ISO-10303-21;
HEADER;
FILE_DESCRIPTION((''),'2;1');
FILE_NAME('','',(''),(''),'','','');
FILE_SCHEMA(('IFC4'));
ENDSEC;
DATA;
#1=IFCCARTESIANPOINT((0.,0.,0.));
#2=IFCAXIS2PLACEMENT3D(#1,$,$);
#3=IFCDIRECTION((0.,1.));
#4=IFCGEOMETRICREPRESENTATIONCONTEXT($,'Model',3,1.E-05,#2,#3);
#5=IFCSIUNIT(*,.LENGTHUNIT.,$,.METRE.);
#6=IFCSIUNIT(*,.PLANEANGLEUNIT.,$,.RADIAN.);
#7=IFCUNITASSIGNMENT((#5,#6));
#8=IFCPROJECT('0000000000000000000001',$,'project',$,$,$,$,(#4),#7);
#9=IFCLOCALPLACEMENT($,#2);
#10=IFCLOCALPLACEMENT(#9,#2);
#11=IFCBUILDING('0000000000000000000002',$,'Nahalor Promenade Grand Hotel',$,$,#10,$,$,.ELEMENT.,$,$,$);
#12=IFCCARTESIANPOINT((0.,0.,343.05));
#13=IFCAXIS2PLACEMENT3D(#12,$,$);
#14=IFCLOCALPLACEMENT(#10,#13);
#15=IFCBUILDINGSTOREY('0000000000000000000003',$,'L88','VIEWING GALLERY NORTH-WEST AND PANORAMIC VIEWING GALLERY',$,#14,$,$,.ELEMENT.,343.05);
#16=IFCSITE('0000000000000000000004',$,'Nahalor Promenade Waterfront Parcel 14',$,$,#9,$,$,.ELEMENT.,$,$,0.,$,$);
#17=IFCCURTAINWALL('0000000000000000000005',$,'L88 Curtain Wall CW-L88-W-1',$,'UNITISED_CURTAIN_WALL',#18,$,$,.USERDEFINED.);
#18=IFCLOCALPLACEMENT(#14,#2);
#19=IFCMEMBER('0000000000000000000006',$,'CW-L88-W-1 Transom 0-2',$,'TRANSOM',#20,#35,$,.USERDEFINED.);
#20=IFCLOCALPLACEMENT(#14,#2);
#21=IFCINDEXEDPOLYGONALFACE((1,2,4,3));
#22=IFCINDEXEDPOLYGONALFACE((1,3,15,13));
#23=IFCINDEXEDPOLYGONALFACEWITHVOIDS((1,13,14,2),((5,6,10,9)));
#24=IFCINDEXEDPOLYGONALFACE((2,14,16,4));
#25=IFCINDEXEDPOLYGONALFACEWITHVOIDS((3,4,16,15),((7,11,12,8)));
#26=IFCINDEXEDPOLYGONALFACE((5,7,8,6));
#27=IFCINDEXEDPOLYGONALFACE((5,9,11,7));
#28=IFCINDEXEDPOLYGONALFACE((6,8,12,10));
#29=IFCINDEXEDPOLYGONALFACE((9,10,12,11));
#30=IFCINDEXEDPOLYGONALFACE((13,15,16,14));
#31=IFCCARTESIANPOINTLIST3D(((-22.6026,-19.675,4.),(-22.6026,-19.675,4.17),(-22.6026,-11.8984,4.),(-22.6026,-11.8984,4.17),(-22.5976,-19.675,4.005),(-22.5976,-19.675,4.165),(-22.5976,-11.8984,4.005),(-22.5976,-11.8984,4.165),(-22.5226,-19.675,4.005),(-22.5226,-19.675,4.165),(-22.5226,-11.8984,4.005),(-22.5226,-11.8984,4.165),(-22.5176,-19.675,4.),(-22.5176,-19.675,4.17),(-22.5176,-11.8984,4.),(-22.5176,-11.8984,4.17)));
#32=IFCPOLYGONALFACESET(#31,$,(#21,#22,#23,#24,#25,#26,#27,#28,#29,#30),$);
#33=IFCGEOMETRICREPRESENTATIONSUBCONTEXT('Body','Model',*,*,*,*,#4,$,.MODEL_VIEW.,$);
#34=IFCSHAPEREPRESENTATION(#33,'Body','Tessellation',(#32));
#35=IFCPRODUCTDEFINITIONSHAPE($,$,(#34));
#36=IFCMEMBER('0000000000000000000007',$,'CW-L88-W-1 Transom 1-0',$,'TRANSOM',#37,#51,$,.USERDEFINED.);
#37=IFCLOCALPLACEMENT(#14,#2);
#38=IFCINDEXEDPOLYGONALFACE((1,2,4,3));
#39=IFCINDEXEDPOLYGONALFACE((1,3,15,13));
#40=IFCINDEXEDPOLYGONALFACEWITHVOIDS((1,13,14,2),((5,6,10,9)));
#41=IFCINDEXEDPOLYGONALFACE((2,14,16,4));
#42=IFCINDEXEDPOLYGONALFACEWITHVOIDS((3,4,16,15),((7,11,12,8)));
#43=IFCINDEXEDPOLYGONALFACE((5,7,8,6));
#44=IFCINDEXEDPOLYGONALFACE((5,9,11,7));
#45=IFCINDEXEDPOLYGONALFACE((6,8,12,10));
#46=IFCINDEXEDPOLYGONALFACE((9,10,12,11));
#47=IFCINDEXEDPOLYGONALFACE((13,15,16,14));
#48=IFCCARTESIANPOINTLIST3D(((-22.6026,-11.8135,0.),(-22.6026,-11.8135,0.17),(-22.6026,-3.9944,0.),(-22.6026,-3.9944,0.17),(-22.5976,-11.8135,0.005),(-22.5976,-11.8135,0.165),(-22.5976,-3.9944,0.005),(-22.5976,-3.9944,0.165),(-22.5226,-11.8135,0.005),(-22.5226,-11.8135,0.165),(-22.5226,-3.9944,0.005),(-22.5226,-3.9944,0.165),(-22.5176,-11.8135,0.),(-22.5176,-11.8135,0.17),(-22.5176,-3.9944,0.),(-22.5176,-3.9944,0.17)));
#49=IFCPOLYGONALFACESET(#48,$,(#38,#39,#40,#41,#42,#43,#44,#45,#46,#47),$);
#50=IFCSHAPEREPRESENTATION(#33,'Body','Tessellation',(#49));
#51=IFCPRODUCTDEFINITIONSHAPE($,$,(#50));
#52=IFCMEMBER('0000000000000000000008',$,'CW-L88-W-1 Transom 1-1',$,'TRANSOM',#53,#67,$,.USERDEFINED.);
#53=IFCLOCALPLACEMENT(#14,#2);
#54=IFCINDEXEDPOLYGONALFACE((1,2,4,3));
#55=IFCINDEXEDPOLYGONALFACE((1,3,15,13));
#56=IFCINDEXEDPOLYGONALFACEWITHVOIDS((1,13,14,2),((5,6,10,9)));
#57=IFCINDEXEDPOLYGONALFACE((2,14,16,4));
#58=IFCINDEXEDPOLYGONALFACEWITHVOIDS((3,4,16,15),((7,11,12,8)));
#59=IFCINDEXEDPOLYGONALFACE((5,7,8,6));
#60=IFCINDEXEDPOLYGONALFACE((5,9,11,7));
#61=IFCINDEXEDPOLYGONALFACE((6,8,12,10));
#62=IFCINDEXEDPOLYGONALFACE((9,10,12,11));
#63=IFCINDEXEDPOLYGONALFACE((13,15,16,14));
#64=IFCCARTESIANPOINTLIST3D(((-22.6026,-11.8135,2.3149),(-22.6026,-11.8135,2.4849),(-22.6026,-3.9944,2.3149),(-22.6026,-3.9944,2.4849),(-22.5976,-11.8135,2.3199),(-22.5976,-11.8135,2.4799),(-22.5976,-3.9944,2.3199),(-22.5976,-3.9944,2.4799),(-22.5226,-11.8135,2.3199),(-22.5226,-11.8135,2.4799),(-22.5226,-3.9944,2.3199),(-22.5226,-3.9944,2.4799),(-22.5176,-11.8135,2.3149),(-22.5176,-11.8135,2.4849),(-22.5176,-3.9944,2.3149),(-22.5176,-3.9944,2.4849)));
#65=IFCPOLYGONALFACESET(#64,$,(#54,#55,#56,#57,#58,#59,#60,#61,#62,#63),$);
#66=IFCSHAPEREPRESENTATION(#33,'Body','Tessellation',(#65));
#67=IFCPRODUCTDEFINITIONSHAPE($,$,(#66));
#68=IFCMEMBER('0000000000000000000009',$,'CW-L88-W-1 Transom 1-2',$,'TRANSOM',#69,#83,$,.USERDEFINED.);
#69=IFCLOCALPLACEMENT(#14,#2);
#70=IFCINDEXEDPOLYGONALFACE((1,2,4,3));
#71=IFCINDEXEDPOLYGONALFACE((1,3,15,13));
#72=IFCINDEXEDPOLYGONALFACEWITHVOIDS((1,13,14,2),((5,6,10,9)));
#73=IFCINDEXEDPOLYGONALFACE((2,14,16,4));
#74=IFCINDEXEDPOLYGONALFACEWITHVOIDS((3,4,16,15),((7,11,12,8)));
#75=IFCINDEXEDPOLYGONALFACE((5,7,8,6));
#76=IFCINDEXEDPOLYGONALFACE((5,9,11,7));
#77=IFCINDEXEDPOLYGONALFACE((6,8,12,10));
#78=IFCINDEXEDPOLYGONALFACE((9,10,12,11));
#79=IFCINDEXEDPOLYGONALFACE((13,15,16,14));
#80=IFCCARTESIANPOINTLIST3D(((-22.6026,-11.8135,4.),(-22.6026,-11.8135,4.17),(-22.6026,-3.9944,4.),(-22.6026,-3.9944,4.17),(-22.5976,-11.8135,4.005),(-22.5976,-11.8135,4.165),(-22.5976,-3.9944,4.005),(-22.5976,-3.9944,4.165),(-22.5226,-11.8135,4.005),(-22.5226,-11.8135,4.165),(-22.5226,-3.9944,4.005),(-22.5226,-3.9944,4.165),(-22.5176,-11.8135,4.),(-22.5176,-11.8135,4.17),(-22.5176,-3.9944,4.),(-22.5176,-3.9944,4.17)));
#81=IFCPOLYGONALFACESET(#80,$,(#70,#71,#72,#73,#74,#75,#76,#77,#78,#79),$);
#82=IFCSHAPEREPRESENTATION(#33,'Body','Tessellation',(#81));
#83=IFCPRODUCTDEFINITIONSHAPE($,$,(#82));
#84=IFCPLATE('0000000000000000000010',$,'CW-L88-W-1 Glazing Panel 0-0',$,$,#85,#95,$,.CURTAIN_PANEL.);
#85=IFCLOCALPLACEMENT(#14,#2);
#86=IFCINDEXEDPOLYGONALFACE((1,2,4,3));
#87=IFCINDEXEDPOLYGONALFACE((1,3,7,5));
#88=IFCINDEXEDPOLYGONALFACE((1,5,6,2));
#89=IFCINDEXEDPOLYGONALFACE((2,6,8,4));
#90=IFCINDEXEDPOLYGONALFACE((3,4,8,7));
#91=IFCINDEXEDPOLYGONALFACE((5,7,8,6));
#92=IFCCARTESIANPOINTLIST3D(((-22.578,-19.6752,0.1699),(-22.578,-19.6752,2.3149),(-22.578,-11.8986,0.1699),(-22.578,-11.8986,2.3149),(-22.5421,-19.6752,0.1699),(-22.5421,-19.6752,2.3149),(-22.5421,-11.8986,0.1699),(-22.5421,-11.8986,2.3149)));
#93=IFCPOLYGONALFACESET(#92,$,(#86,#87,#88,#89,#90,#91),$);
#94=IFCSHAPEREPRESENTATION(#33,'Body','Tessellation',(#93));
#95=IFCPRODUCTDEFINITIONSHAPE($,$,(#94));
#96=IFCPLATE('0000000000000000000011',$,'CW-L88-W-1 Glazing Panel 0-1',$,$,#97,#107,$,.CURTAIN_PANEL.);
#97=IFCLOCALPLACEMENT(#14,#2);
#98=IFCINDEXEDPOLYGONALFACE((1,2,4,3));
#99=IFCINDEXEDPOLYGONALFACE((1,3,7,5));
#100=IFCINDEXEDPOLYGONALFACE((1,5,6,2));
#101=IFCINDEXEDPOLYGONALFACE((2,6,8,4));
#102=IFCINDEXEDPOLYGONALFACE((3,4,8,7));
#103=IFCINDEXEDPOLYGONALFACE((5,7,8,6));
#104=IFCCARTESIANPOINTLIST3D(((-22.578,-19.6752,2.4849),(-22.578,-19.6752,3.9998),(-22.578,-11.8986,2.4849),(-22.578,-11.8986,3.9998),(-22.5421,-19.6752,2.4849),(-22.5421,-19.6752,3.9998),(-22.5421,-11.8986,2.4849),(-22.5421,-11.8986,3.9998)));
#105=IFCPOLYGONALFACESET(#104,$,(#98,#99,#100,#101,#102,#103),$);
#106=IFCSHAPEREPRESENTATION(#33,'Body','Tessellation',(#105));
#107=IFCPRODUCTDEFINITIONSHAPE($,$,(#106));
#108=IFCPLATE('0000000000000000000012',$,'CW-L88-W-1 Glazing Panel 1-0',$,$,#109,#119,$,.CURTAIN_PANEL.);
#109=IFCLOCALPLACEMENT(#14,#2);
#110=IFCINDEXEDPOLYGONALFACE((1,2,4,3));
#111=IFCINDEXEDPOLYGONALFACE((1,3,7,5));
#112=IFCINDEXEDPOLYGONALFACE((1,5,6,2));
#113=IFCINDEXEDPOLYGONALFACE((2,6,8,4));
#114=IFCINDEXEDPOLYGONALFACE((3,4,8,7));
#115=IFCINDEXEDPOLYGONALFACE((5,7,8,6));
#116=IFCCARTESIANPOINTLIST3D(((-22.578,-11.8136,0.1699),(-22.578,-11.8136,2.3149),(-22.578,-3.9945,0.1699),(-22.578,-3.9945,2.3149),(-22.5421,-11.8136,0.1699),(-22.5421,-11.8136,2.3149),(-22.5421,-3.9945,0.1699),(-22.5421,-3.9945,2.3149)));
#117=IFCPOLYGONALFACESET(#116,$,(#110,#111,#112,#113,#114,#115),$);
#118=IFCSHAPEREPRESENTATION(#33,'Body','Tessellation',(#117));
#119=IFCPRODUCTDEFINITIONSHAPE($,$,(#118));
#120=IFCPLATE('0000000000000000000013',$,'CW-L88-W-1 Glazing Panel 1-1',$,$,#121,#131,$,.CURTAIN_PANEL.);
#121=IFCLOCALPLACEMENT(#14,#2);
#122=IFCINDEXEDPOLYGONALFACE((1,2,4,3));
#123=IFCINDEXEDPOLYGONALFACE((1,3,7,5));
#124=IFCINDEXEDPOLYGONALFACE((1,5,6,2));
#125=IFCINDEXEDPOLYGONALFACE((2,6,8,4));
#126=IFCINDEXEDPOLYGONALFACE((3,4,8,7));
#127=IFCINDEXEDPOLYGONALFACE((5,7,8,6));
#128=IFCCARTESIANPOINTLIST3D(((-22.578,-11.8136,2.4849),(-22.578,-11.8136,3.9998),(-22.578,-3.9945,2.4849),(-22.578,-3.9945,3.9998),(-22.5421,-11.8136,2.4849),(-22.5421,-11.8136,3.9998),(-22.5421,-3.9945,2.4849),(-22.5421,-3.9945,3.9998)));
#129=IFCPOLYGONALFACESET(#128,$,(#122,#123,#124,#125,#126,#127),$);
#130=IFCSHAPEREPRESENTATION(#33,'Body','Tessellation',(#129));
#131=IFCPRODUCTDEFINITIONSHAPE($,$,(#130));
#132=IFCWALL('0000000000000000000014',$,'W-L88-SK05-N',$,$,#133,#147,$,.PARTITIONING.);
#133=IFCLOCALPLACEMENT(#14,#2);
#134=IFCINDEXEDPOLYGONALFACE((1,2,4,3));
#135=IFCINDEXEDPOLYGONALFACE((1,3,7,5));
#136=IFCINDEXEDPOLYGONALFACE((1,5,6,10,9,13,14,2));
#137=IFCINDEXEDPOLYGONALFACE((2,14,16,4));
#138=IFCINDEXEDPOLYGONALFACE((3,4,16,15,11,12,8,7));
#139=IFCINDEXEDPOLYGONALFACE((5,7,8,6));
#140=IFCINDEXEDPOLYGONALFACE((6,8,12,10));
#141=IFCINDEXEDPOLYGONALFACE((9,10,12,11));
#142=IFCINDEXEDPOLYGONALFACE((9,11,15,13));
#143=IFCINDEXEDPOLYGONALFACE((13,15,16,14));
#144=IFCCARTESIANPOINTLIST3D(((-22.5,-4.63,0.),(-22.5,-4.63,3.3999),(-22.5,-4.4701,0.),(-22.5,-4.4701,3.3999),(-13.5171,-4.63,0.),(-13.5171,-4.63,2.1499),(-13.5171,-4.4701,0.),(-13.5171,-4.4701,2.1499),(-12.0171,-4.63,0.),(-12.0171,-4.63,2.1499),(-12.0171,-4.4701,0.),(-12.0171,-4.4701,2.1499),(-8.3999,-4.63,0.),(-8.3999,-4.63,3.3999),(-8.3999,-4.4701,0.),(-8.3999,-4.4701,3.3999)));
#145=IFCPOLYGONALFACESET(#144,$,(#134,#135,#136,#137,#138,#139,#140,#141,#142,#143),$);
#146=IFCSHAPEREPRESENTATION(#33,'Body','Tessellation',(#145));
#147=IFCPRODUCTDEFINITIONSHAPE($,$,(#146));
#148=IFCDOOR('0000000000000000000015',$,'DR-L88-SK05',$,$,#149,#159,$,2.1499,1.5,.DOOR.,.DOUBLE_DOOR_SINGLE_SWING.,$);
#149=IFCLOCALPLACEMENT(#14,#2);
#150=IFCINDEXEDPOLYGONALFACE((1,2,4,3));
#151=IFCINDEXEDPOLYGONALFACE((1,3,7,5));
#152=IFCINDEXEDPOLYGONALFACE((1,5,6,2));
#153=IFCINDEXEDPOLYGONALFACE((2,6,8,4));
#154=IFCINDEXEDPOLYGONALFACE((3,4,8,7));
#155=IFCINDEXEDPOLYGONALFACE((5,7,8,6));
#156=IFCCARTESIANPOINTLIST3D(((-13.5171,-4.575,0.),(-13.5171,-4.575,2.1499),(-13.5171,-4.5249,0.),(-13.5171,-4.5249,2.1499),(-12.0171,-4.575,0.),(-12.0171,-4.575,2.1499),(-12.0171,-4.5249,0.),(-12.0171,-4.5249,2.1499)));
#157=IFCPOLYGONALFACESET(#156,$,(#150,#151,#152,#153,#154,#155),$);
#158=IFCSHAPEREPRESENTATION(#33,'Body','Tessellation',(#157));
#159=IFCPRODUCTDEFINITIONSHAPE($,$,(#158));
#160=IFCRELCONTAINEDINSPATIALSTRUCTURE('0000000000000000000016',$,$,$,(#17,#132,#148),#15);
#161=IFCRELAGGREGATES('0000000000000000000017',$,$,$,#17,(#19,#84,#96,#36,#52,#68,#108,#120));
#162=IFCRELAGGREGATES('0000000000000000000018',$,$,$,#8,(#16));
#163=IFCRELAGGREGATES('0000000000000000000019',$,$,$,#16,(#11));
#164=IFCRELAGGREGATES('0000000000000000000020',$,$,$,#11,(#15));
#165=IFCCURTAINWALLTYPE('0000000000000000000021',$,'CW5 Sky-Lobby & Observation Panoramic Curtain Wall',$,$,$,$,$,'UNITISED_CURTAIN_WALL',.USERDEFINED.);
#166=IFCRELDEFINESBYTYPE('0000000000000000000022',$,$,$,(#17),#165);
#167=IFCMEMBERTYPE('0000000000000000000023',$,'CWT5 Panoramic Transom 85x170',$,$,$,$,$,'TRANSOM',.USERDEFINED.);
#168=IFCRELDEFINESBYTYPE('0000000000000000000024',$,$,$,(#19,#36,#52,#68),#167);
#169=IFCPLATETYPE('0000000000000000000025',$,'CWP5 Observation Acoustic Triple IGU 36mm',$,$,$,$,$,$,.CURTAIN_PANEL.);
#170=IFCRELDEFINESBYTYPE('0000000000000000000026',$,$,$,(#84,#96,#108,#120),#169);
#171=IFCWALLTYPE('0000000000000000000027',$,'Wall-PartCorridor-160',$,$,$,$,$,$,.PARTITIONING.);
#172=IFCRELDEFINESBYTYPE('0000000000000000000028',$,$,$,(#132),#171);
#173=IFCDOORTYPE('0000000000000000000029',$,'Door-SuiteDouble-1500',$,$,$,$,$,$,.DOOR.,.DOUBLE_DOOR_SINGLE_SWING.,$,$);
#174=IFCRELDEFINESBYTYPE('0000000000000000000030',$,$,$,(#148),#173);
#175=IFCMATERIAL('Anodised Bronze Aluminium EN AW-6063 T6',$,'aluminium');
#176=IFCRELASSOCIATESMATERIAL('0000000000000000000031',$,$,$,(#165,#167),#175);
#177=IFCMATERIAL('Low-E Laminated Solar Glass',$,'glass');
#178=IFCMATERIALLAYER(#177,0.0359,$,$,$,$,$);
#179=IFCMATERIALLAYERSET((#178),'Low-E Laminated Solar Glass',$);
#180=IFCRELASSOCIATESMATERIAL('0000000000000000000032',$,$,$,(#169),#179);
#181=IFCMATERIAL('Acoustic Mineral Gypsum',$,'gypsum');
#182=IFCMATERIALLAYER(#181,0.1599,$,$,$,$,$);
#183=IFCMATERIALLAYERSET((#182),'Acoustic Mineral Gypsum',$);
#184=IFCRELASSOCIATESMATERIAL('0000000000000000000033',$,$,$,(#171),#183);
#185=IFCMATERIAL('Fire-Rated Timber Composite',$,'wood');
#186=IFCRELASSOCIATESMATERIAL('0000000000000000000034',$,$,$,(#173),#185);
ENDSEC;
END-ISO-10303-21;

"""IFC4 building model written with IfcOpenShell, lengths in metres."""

from ifc_helpers import new_model, si_unit, direction, frame, frame_2d, origin, origin_2d, place, context, subcontext, project, spatial, rectangle, hollow_rectangle, extrude, source, transform, mapped, material, layer, layer_set, material_profile, profile_set, type_object, element, fill, aggregate, save


model = new_model("IFC4")

# Units and contexts
model_context = context("Model", 3, precision=1e-05, world=origin(), true_north=direction((0.0, 1.0)))
body_context = subcontext(model_context, "Body", "Model", "MODEL_VIEW")
ifc_project = project(units=[si_unit("LENGTHUNIT", "METRE"), si_unit("PLANEANGLEUNIT", "RADIAN")], contexts=[model_context])

# Site, building, storey
site_placement = place(None, origin())
site = spatial("IfcSite", under=ifc_project, at=site_placement, Name="Nahalor Promenade Waterfront Parcel 14", CompositionType="ELEMENT", RefElevation=0.0)
building_placement = place(site_placement, origin())
building = spatial("IfcBuilding", under=site, at=building_placement, Name="Nahalor Promenade Grand Hotel", CompositionType="ELEMENT")
storey_placement = place(building_placement, frame((0.0, 0.0, 343.05)))
storey = spatial("IfcBuildingStorey", under=building, at=storey_placement, Name="L88", Description="VIEWING GALLERY NORTH-WEST AND PANORAMIC VIEWING GALLERY", CompositionType="ELEMENT", Elevation=343.05)

# Curtain wall, members, plates
ifc_material_1 = material(Name="Anodised Bronze Aluminium EN AW-6063 T6", Category="aluminium")
curtain_wall_type = type_object("IfcCurtainWallType", Name="CW5 Sky-Lobby & Observation Panoramic Curtain Wall", ElementType="UNITISED_CURTAIN_WALL", PredefinedType="USERDEFINED", material=ifc_material_1)
curtain_wall_placement = place(storey_placement, origin())
curtain_wall = element("IfcCurtainWall", 1, at=curtain_wall_placement, inside=storey, type_object=curtain_wall_type, Name="L88 Curtain Wall CW-L88-W-1", ObjectType="UNITISED_CURTAIN_WALL", PredefinedType="USERDEFINED")
ifc_material_profile_1 = material_profile(ifc_material_1, hollow_rectangle(XDim=0.085, YDim=0.17, WallThickness=0.005, at=origin_2d()), Name="CWT 85x170x5")
ifc_profile_set_1 = profile_set([ifc_material_profile_1], Name="Anodised Bronze Aluminium EN AW-6063 T6")
member_type_1 = type_object("IfcMemberType", Name="CWT5 Panoramic Transom 85x170", ElementType="TRANSOM", PredefinedType="USERDEFINED", material=ifc_profile_set_1)
shared_shape_1 = source(origin(), body_context, "Body", "SweptSolid", [
    extrude(hollow_rectangle(XDim=0.085, YDim=0.17, WallThickness=0.005, at=origin_2d()), origin(), (0.0, 0.0, 1.0), 7.7766),
])
member_1_placement = place(storey_placement, frame((-22.5601, -19.675, 4.085), z_axis=(0.0, 1.0, 0.0), x_axis=(-1.0, 0.0, 0.0)))
member_1 = element("IfcMember", 2, at=member_1_placement, type_object=member_type_1, Name="CW-L88-W-1 Transom 0-2", ObjectType="TRANSOM", PredefinedType="USERDEFINED", context=body_context, shape_type="MappedRepresentation", body=[
    mapped(shared_shape_1, transform((0.0, 0.0, 0.0), scale=1.0)),
])
shared_shape_2 = source(origin(), body_context, "Body", "SweptSolid", [
    extrude(hollow_rectangle(XDim=0.085, YDim=0.17, WallThickness=0.005, at=origin_2d()), origin(), (0.0, 0.0, 1.0), 7.8191),
])
member_2_placement = place(storey_placement, frame((-22.5601, -11.8135, 0.085), z_axis=(0.0, 1.0, 0.0), x_axis=(-1.0, 0.0, 0.0)))
member_2 = element("IfcMember", 3, at=member_2_placement, type_object=member_type_1, Name="CW-L88-W-1 Transom 1-0", ObjectType="TRANSOM", PredefinedType="USERDEFINED", context=body_context, shape_type="MappedRepresentation", body=[
    mapped(shared_shape_2, transform((0.0, 0.0, 0.0), scale=1.0)),
])
member_3_placement = place(storey_placement, frame((-22.5601, -11.8135, 2.3999), z_axis=(0.0, 1.0, 0.0), x_axis=(-1.0, 0.0, 0.0)))
member_3 = element("IfcMember", 4, at=member_3_placement, type_object=member_type_1, Name="CW-L88-W-1 Transom 1-1", ObjectType="TRANSOM", PredefinedType="USERDEFINED", context=body_context, shape_type="MappedRepresentation", body=[
    mapped(shared_shape_2, transform((0.0, 0.0, 0.0), scale=1.0)),
])
member_4_placement = place(storey_placement, frame((-22.5601, -11.8135, 4.085), z_axis=(0.0, 1.0, 0.0), x_axis=(-1.0, 0.0, 0.0)))
member_4 = element("IfcMember", 5, at=member_4_placement, type_object=member_type_1, Name="CW-L88-W-1 Transom 1-2", ObjectType="TRANSOM", PredefinedType="USERDEFINED", context=body_context, shape_type="MappedRepresentation", body=[
    mapped(shared_shape_2, transform((0.0, 0.0, 0.0), scale=1.0)),
])
ifc_material_2 = material(Name="Low-E Laminated Solar Glass", Category="glass")
ifc_layer_1 = layer(ifc_material_2, 0.0359)
ifc_layer_set_1 = layer_set([ifc_layer_1], Name="Low-E Laminated Solar Glass")
plate_type = type_object("IfcPlateType", Name="CWP5 Observation Acoustic Triple IGU 36mm", PredefinedType="CURTAIN_PANEL", material=ifc_layer_set_1)
shared_shape_3 = source(origin(), body_context, "Body", "SweptSolid", [
    extrude(rectangle(XDim=7.7766, YDim=0.0359, at=origin_2d()), origin(), (0.0, 0.0, 1.0), 2.145),
])
plate_1_placement = place(storey_placement, frame((-22.5601, -15.7869, 0.1699), z_axis=(0.0, 0.0, 1.0), x_axis=(0.0, 1.0, 0.0)))
plate_1 = element("IfcPlate", 6, at=plate_1_placement, type_object=plate_type, Name="CW-L88-W-1 Glazing Panel 0-0", PredefinedType="CURTAIN_PANEL", context=body_context, shape_type="MappedRepresentation", body=[
    mapped(shared_shape_3, transform((0.0, 0.0, 0.0), scale=1.0)),
])
shared_shape_4 = source(origin(), body_context, "Body", "SweptSolid", [
    extrude(rectangle(XDim=7.7766, YDim=0.0359, at=origin_2d()), origin(), (0.0, 0.0, 1.0), 1.5149),
])
plate_2_placement = place(storey_placement, frame((-22.5601, -15.7869, 2.4849), z_axis=(0.0, 0.0, 1.0), x_axis=(0.0, 1.0, 0.0)))
plate_2 = element("IfcPlate", 7, at=plate_2_placement, type_object=plate_type, Name="CW-L88-W-1 Glazing Panel 0-1", PredefinedType="CURTAIN_PANEL", context=body_context, shape_type="MappedRepresentation", body=[
    mapped(shared_shape_4, transform((0.0, 0.0, 0.0), scale=1.0)),
])
shared_shape_5 = source(origin(), body_context, "Body", "SweptSolid", [
    extrude(rectangle(XDim=7.8191, YDim=0.0359, at=origin_2d()), origin(), (0.0, 0.0, 1.0), 2.145),
])
plate_3_placement = place(storey_placement, frame((-22.5601, -7.9041, 0.1699), z_axis=(0.0, 0.0, 1.0), x_axis=(0.0, 1.0, 0.0)))
plate_3 = element("IfcPlate", 8, at=plate_3_placement, type_object=plate_type, Name="CW-L88-W-1 Glazing Panel 1-0", PredefinedType="CURTAIN_PANEL", context=body_context, shape_type="MappedRepresentation", body=[
    mapped(shared_shape_5, transform((0.0, 0.0, 0.0), scale=1.0)),
])
shared_shape_6 = source(origin(), body_context, "Body", "SweptSolid", [
    extrude(rectangle(XDim=7.8191, YDim=0.0359, at=origin_2d()), origin(), (0.0, 0.0, 1.0), 1.5149),
])
plate_4_placement = place(storey_placement, frame((-22.5601, -7.9041, 2.4849), z_axis=(0.0, 0.0, 1.0), x_axis=(0.0, 1.0, 0.0)))
plate_4 = element("IfcPlate", 9, at=plate_4_placement, type_object=plate_type, Name="CW-L88-W-1 Glazing Panel 1-1", PredefinedType="CURTAIN_PANEL", context=body_context, shape_type="MappedRepresentation", body=[
    mapped(shared_shape_6, transform((0.0, 0.0, 0.0), scale=1.0)),
])
aggregate(curtain_wall, [member_1, plate_1, plate_2, member_2, member_3, member_4, plate_3, plate_4])

# Wall, opening, door
ifc_material_3 = material(Name="Acoustic Mineral Gypsum", Category="gypsum")
ifc_layer_2 = layer(ifc_material_3, 0.1599)
ifc_layer_set_2 = layer_set([ifc_layer_2], Name="Acoustic Mineral Gypsum")
wall_type = type_object("IfcWallType", Name="Wall-PartCorridor-160", PredefinedType="PARTITIONING", material=ifc_layer_set_2)
shared_shape_7 = source(origin(), body_context, "Body", "SweptSolid", [
    extrude(rectangle(XDim=14.1001, YDim=0.1599, at=frame_2d((7.05, 0.0))), origin(), (0.0, 0.0, 1.0), 3.3999),
])
wall_placement = place(storey_placement, frame((-22.5, -4.55, 0.0), z_axis=(0.0, 0.0, 1.0), x_axis=(1.0, 0.0, 0.0)))
wall = element("IfcWall", 10, at=wall_placement, inside=storey, type_object=wall_type, Name="W-L88-SK05-N", PredefinedType="PARTITIONING", context=body_context, shape_type="MappedRepresentation", body=[
    mapped(shared_shape_7, transform((0.0, 0.0, 0.0), scale=1.0)),
])
opening_placement = place(wall_placement, frame((8.9829, 0.0, 0.0)))
opening = element("IfcOpeningElement", 11, at=opening_placement, cuts=wall, PredefinedType="OPENING", context=body_context, shape_type="SweptSolid", body=[
    extrude(rectangle(XDim=1.5, YDim=2.1499, at=frame_2d((0.75, 1.075))), frame((0.0, 0.0898, 0.0), z_axis=(0.0, -1.0, 0.0), x_axis=(1.0, 0.0, 0.0)), (0.0, 0.0, 1.0), 0.1799),
])
ifc_material_4 = material(Name="Fire-Rated Timber Composite", Category="wood")
door_type = type_object("IfcDoorType", Name="Door-SuiteDouble-1500", OperationType="DOUBLE_DOOR_SINGLE_SWING", PredefinedType="DOOR", material=ifc_material_4)
shared_shape_8 = source(origin(), body_context, "Body", "SweptSolid", [
    extrude(rectangle(XDim=1.5, YDim=2.1499, at=frame_2d((0.75, 1.075))), frame((0.0, 0.0249, 0.0), z_axis=(0.0, -1.0, 0.0), x_axis=(1.0, 0.0, 0.0)), (0.0, 0.0, 1.0), 0.05),
])
door_placement = place(opening_placement, frame((1.5, 0.0, 0.0), z_axis=(0.0, 0.0, 1.0), x_axis=(-1.0, 0.0, 0.0)))
door = element("IfcDoor", 12, at=door_placement, inside=storey, type_object=door_type, Name="DR-L88-SK05", OperationType="DOUBLE_DOOR_SINGLE_SWING", OverallHeight=2.1499, OverallWidth=1.5, PredefinedType="DOOR", context=body_context, shape_type="MappedRepresentation", body=[
    mapped(shared_shape_8, transform((0.0, 0.0, 0.0), scale=1.0)),
])
fill(opening, door)

save(model, "model.ifc")
